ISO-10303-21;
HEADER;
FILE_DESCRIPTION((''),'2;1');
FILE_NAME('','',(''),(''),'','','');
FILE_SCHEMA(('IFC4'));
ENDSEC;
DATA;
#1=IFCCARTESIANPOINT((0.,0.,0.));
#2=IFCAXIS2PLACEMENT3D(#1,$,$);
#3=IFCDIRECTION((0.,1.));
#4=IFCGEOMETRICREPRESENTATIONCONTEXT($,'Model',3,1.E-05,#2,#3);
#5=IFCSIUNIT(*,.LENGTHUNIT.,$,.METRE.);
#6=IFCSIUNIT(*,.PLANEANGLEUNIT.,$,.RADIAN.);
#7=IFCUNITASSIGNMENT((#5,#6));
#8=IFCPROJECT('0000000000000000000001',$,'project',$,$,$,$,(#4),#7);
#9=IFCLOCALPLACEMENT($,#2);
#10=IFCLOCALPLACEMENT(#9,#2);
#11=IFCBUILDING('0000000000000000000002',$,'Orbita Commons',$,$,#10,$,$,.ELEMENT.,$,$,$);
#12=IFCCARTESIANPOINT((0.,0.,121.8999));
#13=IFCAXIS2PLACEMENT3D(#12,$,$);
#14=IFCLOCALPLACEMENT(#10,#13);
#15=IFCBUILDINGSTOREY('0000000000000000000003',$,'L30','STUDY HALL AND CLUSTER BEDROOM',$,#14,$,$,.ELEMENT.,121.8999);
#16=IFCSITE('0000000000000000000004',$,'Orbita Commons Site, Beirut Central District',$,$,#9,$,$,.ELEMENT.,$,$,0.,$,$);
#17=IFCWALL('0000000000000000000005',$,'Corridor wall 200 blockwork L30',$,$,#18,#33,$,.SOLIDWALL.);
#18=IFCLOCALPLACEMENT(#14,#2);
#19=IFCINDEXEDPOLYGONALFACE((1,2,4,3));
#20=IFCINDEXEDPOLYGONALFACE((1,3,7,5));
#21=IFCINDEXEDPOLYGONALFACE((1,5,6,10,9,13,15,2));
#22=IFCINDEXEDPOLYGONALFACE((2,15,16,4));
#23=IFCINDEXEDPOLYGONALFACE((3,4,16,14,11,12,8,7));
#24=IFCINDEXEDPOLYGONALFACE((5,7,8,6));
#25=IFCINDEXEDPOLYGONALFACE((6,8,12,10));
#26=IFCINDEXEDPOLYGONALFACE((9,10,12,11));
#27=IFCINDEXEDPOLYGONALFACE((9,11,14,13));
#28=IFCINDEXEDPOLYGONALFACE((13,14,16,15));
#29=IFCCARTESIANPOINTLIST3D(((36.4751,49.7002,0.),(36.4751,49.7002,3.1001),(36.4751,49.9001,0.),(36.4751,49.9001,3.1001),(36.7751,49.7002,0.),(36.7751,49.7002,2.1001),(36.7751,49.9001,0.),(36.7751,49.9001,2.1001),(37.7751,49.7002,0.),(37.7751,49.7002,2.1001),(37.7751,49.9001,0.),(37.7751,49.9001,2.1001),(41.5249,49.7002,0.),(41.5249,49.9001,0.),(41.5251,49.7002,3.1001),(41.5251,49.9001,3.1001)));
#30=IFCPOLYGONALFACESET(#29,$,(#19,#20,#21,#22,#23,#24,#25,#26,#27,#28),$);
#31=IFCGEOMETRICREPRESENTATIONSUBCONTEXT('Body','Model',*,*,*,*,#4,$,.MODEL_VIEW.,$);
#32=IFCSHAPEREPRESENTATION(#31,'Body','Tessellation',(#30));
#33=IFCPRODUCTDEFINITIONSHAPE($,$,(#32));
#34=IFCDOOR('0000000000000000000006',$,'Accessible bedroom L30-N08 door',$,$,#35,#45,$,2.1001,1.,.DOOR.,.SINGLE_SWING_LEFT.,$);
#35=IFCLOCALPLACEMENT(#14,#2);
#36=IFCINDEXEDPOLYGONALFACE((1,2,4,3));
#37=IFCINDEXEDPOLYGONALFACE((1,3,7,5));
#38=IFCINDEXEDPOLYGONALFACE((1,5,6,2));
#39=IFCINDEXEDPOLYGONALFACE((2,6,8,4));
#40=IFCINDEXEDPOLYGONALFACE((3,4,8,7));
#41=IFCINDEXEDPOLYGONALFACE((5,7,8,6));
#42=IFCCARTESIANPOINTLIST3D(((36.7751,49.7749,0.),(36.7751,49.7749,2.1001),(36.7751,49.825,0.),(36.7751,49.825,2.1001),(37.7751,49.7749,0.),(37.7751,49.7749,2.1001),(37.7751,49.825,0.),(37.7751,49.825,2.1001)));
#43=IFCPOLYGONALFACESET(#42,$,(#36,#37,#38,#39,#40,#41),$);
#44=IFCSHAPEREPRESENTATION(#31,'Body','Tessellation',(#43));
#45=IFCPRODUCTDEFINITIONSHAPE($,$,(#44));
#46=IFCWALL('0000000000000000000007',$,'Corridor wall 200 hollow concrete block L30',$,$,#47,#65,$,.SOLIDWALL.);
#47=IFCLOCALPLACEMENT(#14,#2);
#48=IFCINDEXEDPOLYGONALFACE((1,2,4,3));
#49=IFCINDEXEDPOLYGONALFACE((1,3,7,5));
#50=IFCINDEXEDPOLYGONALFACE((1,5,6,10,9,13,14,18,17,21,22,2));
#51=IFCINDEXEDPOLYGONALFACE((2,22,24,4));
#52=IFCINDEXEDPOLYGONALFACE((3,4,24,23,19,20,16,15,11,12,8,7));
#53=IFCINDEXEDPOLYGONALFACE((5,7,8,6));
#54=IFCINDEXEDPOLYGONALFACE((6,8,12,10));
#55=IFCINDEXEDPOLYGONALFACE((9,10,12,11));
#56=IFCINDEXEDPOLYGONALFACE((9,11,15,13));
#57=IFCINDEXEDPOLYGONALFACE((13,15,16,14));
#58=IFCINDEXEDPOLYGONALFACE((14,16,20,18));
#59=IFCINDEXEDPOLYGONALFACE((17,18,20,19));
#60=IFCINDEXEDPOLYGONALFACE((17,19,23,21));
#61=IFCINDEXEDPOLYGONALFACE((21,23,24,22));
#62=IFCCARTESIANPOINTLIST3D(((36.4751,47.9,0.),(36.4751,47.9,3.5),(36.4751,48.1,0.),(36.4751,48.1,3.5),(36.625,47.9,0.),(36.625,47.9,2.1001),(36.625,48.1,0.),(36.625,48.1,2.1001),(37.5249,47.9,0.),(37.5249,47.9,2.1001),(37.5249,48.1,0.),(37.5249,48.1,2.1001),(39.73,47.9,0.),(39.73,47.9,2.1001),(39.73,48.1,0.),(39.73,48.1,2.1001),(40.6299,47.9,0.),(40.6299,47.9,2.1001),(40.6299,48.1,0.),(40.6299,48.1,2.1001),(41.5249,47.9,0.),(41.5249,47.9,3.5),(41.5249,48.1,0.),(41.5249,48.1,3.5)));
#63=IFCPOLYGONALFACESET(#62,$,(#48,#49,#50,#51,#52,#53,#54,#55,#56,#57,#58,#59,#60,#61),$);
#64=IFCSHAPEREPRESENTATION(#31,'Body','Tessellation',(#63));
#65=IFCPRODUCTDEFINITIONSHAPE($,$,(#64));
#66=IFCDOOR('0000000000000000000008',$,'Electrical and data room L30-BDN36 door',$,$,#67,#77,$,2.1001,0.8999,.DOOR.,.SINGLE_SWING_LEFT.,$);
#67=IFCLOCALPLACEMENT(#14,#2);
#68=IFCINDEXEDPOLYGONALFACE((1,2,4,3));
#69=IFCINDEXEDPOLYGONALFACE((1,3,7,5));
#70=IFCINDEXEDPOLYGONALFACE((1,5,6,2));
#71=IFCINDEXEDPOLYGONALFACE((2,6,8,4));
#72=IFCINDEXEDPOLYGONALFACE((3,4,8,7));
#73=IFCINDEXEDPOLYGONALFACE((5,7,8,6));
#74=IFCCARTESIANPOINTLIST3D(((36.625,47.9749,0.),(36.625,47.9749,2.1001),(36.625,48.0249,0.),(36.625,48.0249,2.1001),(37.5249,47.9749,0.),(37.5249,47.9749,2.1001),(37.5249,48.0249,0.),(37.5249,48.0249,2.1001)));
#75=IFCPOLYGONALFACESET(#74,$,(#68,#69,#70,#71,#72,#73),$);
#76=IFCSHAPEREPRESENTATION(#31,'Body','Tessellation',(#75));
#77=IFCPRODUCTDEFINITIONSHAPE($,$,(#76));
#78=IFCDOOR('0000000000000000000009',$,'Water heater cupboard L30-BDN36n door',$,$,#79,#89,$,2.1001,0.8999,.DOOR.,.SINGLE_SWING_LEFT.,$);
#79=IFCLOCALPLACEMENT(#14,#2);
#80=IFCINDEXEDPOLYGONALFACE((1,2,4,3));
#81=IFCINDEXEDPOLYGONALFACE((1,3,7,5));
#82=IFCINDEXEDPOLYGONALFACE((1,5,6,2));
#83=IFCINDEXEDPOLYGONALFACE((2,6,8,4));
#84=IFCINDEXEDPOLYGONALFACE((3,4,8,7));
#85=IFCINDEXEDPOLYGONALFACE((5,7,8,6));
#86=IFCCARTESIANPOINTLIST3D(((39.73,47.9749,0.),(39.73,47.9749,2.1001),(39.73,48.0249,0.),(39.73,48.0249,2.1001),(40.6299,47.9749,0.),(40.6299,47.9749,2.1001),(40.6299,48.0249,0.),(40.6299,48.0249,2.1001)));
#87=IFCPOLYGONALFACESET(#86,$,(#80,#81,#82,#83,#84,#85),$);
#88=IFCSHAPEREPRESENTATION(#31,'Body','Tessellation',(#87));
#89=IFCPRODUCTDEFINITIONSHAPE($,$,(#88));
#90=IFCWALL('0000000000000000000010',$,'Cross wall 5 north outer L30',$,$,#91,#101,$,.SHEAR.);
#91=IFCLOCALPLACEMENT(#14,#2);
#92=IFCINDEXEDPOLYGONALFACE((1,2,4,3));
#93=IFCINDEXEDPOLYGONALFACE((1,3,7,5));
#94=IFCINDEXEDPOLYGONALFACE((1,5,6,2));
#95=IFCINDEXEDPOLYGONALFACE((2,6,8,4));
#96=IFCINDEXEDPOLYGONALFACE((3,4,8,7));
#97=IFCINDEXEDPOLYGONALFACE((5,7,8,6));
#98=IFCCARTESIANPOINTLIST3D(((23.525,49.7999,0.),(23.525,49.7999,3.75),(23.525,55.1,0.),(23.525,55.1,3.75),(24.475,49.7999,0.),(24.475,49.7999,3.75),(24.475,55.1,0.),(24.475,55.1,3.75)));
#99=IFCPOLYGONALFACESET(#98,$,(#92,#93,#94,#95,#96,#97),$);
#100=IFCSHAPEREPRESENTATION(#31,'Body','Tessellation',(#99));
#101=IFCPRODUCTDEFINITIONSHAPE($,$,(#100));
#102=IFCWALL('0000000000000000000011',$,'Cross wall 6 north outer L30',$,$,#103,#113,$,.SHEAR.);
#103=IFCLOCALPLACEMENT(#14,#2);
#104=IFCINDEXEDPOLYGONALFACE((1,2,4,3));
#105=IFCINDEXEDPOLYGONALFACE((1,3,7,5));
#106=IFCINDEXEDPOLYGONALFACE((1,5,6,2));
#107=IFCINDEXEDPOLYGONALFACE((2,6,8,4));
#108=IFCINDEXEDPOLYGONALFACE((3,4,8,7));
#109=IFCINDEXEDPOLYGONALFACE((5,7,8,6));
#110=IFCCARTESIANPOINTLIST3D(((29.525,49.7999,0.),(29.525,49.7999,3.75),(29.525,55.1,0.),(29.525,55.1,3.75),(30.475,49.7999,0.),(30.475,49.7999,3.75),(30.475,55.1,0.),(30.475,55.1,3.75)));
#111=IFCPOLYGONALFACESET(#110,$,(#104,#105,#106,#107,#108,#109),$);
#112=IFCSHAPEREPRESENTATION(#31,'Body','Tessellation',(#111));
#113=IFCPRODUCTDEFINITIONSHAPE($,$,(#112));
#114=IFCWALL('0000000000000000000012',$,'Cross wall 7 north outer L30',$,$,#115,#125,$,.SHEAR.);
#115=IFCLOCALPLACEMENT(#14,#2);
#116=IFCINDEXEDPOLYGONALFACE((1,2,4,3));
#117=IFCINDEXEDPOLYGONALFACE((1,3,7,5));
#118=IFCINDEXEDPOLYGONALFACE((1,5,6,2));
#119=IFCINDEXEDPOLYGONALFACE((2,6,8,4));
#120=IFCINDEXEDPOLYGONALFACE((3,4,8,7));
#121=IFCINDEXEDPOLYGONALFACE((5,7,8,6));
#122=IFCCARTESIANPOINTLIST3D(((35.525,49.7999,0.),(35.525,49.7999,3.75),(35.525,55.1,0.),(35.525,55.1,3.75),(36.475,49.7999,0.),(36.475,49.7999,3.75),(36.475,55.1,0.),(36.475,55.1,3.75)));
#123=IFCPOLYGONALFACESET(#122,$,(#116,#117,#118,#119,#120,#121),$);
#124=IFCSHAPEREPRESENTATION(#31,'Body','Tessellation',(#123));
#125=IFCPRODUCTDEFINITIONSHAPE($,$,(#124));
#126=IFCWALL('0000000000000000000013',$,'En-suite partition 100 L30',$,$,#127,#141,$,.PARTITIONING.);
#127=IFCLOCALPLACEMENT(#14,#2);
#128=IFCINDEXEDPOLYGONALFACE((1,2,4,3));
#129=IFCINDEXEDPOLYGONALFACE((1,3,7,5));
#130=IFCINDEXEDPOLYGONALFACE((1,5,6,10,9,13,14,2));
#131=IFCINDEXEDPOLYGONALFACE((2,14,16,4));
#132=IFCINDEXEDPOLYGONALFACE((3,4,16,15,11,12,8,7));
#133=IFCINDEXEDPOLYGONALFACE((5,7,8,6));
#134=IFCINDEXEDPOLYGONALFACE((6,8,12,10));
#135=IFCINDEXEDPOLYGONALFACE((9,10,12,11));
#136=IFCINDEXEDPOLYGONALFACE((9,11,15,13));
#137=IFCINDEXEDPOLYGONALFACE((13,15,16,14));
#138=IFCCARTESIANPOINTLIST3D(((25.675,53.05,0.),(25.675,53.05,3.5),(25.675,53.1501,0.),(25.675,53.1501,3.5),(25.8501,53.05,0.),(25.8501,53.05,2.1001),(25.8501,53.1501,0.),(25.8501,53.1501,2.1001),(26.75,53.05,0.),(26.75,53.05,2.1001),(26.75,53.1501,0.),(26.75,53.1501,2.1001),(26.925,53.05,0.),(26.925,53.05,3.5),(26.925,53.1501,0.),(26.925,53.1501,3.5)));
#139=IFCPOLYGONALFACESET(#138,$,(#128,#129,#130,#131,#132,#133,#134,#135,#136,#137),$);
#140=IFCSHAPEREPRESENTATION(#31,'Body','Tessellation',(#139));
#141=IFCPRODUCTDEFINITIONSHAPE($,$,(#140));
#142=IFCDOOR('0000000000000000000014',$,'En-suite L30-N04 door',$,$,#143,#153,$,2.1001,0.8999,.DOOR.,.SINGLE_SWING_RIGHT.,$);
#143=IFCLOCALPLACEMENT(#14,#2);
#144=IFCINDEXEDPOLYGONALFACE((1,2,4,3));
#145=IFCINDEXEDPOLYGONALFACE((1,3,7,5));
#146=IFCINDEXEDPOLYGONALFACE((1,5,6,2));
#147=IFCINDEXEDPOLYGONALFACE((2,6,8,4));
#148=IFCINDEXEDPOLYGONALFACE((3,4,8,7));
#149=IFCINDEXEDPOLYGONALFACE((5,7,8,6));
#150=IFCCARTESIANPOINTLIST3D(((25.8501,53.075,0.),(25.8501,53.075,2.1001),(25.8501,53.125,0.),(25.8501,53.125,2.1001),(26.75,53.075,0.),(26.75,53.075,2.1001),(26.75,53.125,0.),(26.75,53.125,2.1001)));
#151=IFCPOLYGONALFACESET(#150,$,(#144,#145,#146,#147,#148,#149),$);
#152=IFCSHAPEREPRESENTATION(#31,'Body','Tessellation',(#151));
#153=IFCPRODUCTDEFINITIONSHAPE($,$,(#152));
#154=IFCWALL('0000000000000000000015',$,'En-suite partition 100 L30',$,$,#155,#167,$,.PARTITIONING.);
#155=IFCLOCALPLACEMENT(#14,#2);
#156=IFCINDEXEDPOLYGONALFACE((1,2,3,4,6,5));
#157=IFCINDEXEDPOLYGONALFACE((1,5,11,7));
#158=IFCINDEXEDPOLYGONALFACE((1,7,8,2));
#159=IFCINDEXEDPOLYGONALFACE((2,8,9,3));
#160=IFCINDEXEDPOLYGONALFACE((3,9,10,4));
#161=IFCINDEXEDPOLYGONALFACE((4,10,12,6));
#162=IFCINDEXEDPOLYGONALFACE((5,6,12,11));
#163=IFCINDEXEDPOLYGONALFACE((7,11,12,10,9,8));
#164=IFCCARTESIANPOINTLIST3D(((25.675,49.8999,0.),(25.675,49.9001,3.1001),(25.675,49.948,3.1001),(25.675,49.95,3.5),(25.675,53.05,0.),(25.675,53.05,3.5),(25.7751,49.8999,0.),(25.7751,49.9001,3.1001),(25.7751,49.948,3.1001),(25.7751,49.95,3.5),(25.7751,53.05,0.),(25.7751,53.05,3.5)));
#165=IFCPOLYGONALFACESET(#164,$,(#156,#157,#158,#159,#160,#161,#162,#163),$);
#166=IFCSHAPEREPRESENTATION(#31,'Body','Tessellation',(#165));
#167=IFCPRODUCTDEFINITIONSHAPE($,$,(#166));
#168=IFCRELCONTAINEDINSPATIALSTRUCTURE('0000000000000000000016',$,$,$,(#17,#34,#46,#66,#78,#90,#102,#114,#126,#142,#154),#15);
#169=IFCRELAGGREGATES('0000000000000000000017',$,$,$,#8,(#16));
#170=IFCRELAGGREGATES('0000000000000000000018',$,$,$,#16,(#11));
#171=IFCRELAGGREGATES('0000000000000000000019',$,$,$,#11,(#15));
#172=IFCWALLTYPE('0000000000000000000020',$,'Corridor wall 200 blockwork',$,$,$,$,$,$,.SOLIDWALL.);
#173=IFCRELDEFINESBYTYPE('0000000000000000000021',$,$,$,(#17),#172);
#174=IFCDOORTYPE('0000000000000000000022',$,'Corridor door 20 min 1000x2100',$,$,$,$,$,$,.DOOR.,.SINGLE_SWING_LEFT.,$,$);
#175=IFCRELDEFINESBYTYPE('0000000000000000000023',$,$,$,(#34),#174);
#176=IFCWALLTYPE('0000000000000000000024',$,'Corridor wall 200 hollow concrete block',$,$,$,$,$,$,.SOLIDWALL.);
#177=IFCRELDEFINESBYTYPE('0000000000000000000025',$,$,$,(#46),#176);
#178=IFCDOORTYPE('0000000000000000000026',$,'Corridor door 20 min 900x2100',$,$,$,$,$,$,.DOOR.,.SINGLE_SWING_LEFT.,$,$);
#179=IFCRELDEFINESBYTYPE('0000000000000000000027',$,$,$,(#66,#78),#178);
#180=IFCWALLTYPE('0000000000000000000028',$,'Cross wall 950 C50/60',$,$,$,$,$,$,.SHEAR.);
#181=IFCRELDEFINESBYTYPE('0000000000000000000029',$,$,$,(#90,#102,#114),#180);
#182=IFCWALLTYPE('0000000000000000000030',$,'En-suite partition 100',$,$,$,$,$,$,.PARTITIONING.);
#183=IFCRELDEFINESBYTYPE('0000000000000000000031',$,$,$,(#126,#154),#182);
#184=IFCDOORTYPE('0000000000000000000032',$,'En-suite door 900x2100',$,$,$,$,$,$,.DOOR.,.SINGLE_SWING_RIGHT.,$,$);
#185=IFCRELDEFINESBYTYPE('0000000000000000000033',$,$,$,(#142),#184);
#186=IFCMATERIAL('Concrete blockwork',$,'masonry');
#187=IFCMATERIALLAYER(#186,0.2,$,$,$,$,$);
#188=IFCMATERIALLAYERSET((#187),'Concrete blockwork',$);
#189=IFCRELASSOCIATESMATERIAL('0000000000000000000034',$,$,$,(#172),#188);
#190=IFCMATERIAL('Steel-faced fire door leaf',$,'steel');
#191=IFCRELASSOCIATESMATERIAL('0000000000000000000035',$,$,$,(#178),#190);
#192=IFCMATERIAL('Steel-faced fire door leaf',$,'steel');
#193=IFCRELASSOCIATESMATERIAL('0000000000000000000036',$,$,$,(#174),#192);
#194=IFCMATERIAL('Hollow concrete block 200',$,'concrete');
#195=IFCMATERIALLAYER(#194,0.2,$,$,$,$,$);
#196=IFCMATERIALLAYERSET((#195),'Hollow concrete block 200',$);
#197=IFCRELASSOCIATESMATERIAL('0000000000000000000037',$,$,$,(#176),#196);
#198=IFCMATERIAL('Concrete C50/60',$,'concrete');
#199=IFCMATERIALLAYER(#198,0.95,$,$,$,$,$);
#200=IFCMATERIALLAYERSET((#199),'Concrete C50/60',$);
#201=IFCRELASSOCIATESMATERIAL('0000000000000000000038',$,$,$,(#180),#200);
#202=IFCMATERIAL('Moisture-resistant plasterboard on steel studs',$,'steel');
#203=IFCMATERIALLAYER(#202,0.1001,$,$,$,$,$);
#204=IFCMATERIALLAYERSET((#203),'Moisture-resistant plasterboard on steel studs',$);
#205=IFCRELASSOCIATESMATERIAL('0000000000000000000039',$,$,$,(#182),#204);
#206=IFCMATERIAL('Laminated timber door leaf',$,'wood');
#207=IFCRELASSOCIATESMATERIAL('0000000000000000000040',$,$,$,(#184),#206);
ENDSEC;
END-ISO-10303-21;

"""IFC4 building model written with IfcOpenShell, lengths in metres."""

from ifc_helpers import new_model, si_unit, direction, frame, frame_2d, origin, place, context, subcontext, project, spatial, polyline, rectangle, outline, extrude, material, layer, layer_set, type_object, element, fill, save


model = new_model("IFC4")

# Units and contexts
model_context = context("Model", 3, precision=1e-05, world=origin(), true_north=direction((0.0, 1.0)))
body_context = subcontext(model_context, "Body", "Model", "MODEL_VIEW")
ifc_project = project(units=[si_unit("LENGTHUNIT", "METRE"), si_unit("PLANEANGLEUNIT", "RADIAN")], contexts=[model_context])

# Site, building, storey
site_placement = place(None, origin())
site = spatial("IfcSite", under=ifc_project, at=site_placement, Name="Orbita Commons Site, Beirut Central District", CompositionType="ELEMENT", RefElevation=0.0)
building_placement = place(site_placement, origin())
building = spatial("IfcBuilding", under=site, at=building_placement, Name="Orbita Commons", CompositionType="ELEMENT")
storey_placement = place(building_placement, frame((0.0, 0.0, 121.8999)))
storey = spatial("IfcBuildingStorey", under=building, at=storey_placement, Name="L30", Description="STUDY HALL AND CLUSTER BEDROOM", CompositionType="ELEMENT", Elevation=121.8999)

# Shared definitions
ifc_material_1 = material(Name="Concrete blockwork", Category="masonry")
ifc_layer_1 = layer(ifc_material_1, 0.2)
ifc_layer_set_1 = layer_set([ifc_layer_1], Name="Concrete blockwork")
wall_type_1 = type_object("IfcWallType", Name="Corridor wall 200 blockwork", PredefinedType="SOLIDWALL", material=ifc_layer_set_1)
ifc_material_2 = material(Name="Steel-faced fire door leaf", Category="steel")
door_type_1 = type_object("IfcDoorType", Name="Corridor door 20 min 900x2100", OperationType="SINGLE_SWING_LEFT", PredefinedType="DOOR", material=ifc_material_2)

# Wall, opening, door
wall_1_placement = place(storey_placement, frame((36.4751, 49.8, 0.0), z_axis=(0.0, 0.0, 1.0), x_axis=(1.0, 0.0, 0.0)))
wall_1 = element("IfcWall", 1, at=wall_1_placement, inside=storey, type_object=wall_type_1, Name="Corridor wall 200 blockwork L30", PredefinedType="SOLIDWALL", context=body_context, shape_type="SweptSolid", body=[
    extrude(outline(polyline([(0.0, 0.0), (5.0498, 0.0), (5.05, 3.1001), (0.0, 3.1001), (0.0, 0.0)])), frame((0.0, 0.1001, 0.0), z_axis=(0.0, -1.0, 0.0), x_axis=(1.0, 0.0, 0.0)), (0.0, 0.0, 1.0), 0.2),
])
opening_1_placement = place(wall_1_placement, frame((0.3, 0.0, 0.0)))
opening_1 = element("IfcOpeningElement", 2, at=opening_1_placement, cuts=wall_1, PredefinedType="OPENING", context=body_context, shape_type="SweptSolid", body=[
    extrude(rectangle(XDim=1.0, YDim=2.1001, at=frame_2d((0.5, 1.05))), frame((0.0, 0.1099, 0.0), z_axis=(0.0, -1.0, 0.0), x_axis=(1.0, 0.0, 0.0)), (0.0, 0.0, 1.0), 0.22),
])
ifc_material_3 = material(Name="Steel-faced fire door leaf", Category="steel")
door_type_2 = type_object("IfcDoorType", Name="Corridor door 20 min 1000x2100", OperationType="SINGLE_SWING_LEFT", PredefinedType="DOOR", material=ifc_material_3)
door_1_placement = place(opening_1_placement, origin())
door_1 = element("IfcDoor", 3, at=door_1_placement, inside=storey, type_object=door_type_2, Name="Accessible bedroom L30-N08 door", OperationType="SINGLE_SWING_LEFT", OverallHeight=2.1001, OverallWidth=1.0, PredefinedType="DOOR", context=body_context, shape_type="SweptSolid", body=[
    extrude(rectangle(XDim=1.0, YDim=2.1001, at=frame_2d((0.5, 1.05))), frame((0.0, 0.0249, 0.0), z_axis=(0.0, -1.0, 0.0), x_axis=(1.0, 0.0, 0.0)), (0.0, 0.0, 1.0), 0.05),
])
fill(opening_1, door_1)

# Wall, openings, doors
ifc_material_4 = material(Name="Hollow concrete block 200", Category="concrete")
ifc_layer_2 = layer(ifc_material_4, 0.2)
ifc_layer_set_2 = layer_set([ifc_layer_2], Name="Hollow concrete block 200")
wall_type_2 = type_object("IfcWallType", Name="Corridor wall 200 hollow concrete block", PredefinedType="SOLIDWALL", material=ifc_layer_set_2)
wall_2_placement = place(storey_placement, frame((36.4751, 48.0, 0.0), z_axis=(0.0, 0.0, 1.0), x_axis=(1.0, 0.0, 0.0)))
wall_2 = element("IfcWall", 4, at=wall_2_placement, inside=storey, type_object=wall_type_2, Name="Corridor wall 200 hollow concrete block L30", PredefinedType="SOLIDWALL", context=body_context, shape_type="SweptSolid", body=[
    extrude(rectangle(XDim=5.0498, YDim=0.2, at=frame_2d((2.5249, 0.0))), origin(), (0.0, 0.0, 1.0), 3.5),
])
opening_2_placement = place(wall_2_placement, frame((0.1499, 0.0, 0.0)))
opening_2 = element("IfcOpeningElement", 5, at=opening_2_placement, cuts=wall_2, PredefinedType="OPENING", context=body_context, shape_type="SweptSolid", body=[
    extrude(rectangle(XDim=0.8999, YDim=2.1001, at=frame_2d((0.45, 1.05))), frame((0.0, 0.1099, 0.0), z_axis=(0.0, -1.0, 0.0), x_axis=(1.0, 0.0, 0.0)), (0.0, 0.0, 1.0), 0.22),
])
opening_3_placement = place(wall_2_placement, frame((3.2549, 0.0, 0.0)))
opening_3 = element("IfcOpeningElement", 6, at=opening_3_placement, cuts=wall_2, PredefinedType="OPENING", context=body_context, shape_type="SweptSolid", body=[
    extrude(rectangle(XDim=0.8999, YDim=2.1001, at=frame_2d((0.45, 1.05))), frame((0.0, 0.1099, 0.0), z_axis=(0.0, -1.0, 0.0), x_axis=(1.0, 0.0, 0.0)), (0.0, 0.0, 1.0), 0.22),
])
door_2_placement = place(opening_2_placement, origin())
door_2 = element("IfcDoor", 7, at=door_2_placement, inside=storey, type_object=door_type_1, Name="Electrical and data room L30-BDN36 door", OperationType="SINGLE_SWING_LEFT", OverallHeight=2.1001, OverallWidth=0.8999, PredefinedType="DOOR", context=body_context, shape_type="SweptSolid", body=[
    extrude(rectangle(XDim=0.8999, YDim=2.1001, at=frame_2d((0.45, 1.05))), frame((0.0, 0.0249, 0.0), z_axis=(0.0, -1.0, 0.0), x_axis=(1.0, 0.0, 0.0)), (0.0, 0.0, 1.0), 0.05),
])
fill(opening_2, door_2)
door_3_placement = place(opening_3_placement, origin())
door_3 = element("IfcDoor", 8, at=door_3_placement, inside=storey, type_object=door_type_1, Name="Water heater cupboard L30-BDN36n door", OperationType="SINGLE_SWING_LEFT", OverallHeight=2.1001, OverallWidth=0.8999, PredefinedType="DOOR", context=body_context, shape_type="SweptSolid", body=[
    extrude(rectangle(XDim=0.8999, YDim=2.1001, at=frame_2d((0.45, 1.05))), frame((0.0, 0.0249, 0.0), z_axis=(0.0, -1.0, 0.0), x_axis=(1.0, 0.0, 0.0)), (0.0, 0.0, 1.0), 0.05),
])
fill(opening_3, door_3)

# Walls
ifc_material_5 = material(Name="Concrete C50/60", Category="concrete")
ifc_layer_3 = layer(ifc_material_5, 0.95)
ifc_layer_set_3 = layer_set([ifc_layer_3], Name="Concrete C50/60")
wall_type_3 = type_object("IfcWallType", Name="Cross wall 950 C50/60", PredefinedType="SHEAR", material=ifc_layer_set_3)
for number, where, z_axis, x_axis, name in (
    (9, (24.0, 49.8, 0.0), (0.0, 0.0, 1.0), (0.0, 1.0, 0.0), "Cross wall 5 north outer L30"),
    (10, (30.0, 49.8, 0.0), (0.0, 0.0, 1.0), (0.0, 1.0, 0.0), "Cross wall 6 north outer L30"),
    (11, (36.0, 49.8, 0.0), (0.0, 0.0, 1.0), (0.0, 1.0, 0.0), "Cross wall 7 north outer L30"),
):
    element("IfcWall", number, at=place(storey_placement, frame(where, z_axis=z_axis, x_axis=x_axis)), inside=storey, type_object=wall_type_3, Name=name, PredefinedType="SHEAR", context=body_context, shape_type="SweptSolid", body=[
        extrude(rectangle(XDim=5.3, YDim=0.95, at=frame_2d((2.6499, 0.0))), origin(), (0.0, 0.0, 1.0), 3.75),
    ])

# Wall, opening, door
ifc_material_6 = material(Name="Moisture-resistant plasterboard on steel studs", Category="steel")
ifc_layer_4 = layer(ifc_material_6, 0.1001)
ifc_layer_set_4 = layer_set([ifc_layer_4], Name="Moisture-resistant plasterboard on steel studs")
wall_type_4 = type_object("IfcWallType", Name="En-suite partition 100", PredefinedType="PARTITIONING", material=ifc_layer_set_4)
wall_3_placement = place(storey_placement, frame((25.675, 53.1001, 0.0), z_axis=(0.0, 0.0, 1.0), x_axis=(1.0, 0.0, 0.0)))
wall_3 = element("IfcWall", 12, at=wall_3_placement, inside=storey, type_object=wall_type_4, Name="En-suite partition 100 L30", PredefinedType="PARTITIONING", context=body_context, shape_type="SweptSolid", body=[
    extrude(rectangle(XDim=1.25, YDim=0.1001, at=frame_2d((0.625, 0.0))), origin(), (0.0, 0.0, 1.0), 3.5),
])
opening_4_placement = place(wall_3_placement, frame((0.175, 0.0, 0.0)))
opening_4 = element("IfcOpeningElement", 13, at=opening_4_placement, cuts=wall_3, PredefinedType="OPENING", context=body_context, shape_type="SweptSolid", body=[
    extrude(rectangle(XDim=0.8999, YDim=2.1001, at=frame_2d((0.45, 1.05))), frame((0.0, 0.0601, 0.0), z_axis=(0.0, -1.0, 0.0), x_axis=(1.0, 0.0, 0.0)), (0.0, 0.0, 1.0), 0.1201),
])
ifc_material_7 = material(Name="Laminated timber door leaf", Category="wood")
door_type_3 = type_object("IfcDoorType", Name="En-suite door 900x2100", OperationType="SINGLE_SWING_RIGHT", PredefinedType="DOOR", material=ifc_material_7)
door_4_placement = place(opening_4_placement, origin())
door_4 = element("IfcDoor", 14, at=door_4_placement, inside=storey, type_object=door_type_3, Name="En-suite L30-N04 door", OperationType="SINGLE_SWING_RIGHT", OverallHeight=2.1001, OverallWidth=0.8999, PredefinedType="DOOR", context=body_context, shape_type="SweptSolid", body=[
    extrude(rectangle(XDim=0.8999, YDim=2.1001, at=frame_2d((0.45, 1.05))), frame((0.0, 0.0249, 0.0), z_axis=(0.0, -1.0, 0.0), x_axis=(1.0, 0.0, 0.0)), (0.0, 0.0, 1.0), 0.05),
])
fill(opening_4, door_4)

# Wall
wall_4_placement = place(storey_placement, frame((25.7251, 53.05, 0.0), z_axis=(0.0, 0.0, 1.0), x_axis=(0.0, -1.0, 0.0)))
element("IfcWall", 15, at=wall_4_placement, inside=storey, type_object=wall_type_4, Name="En-suite partition 100 L30", PredefinedType="PARTITIONING", context=body_context, shape_type="SweptSolid", body=[
    extrude(outline(polyline([(0.0, 0.0), (3.1501, 0.0), (3.1499, 3.1001), (3.1021, 3.1001), (3.1001, 3.5), (0.0, 3.5), (0.0, 0.0)])), frame((0.0, 0.05, 0.0), z_axis=(0.0, -1.0, 0.0), x_axis=(1.0, 0.0, 0.0)), (0.0, 0.0, 1.0), 0.1001),
])

save(model, "model.ifc")
